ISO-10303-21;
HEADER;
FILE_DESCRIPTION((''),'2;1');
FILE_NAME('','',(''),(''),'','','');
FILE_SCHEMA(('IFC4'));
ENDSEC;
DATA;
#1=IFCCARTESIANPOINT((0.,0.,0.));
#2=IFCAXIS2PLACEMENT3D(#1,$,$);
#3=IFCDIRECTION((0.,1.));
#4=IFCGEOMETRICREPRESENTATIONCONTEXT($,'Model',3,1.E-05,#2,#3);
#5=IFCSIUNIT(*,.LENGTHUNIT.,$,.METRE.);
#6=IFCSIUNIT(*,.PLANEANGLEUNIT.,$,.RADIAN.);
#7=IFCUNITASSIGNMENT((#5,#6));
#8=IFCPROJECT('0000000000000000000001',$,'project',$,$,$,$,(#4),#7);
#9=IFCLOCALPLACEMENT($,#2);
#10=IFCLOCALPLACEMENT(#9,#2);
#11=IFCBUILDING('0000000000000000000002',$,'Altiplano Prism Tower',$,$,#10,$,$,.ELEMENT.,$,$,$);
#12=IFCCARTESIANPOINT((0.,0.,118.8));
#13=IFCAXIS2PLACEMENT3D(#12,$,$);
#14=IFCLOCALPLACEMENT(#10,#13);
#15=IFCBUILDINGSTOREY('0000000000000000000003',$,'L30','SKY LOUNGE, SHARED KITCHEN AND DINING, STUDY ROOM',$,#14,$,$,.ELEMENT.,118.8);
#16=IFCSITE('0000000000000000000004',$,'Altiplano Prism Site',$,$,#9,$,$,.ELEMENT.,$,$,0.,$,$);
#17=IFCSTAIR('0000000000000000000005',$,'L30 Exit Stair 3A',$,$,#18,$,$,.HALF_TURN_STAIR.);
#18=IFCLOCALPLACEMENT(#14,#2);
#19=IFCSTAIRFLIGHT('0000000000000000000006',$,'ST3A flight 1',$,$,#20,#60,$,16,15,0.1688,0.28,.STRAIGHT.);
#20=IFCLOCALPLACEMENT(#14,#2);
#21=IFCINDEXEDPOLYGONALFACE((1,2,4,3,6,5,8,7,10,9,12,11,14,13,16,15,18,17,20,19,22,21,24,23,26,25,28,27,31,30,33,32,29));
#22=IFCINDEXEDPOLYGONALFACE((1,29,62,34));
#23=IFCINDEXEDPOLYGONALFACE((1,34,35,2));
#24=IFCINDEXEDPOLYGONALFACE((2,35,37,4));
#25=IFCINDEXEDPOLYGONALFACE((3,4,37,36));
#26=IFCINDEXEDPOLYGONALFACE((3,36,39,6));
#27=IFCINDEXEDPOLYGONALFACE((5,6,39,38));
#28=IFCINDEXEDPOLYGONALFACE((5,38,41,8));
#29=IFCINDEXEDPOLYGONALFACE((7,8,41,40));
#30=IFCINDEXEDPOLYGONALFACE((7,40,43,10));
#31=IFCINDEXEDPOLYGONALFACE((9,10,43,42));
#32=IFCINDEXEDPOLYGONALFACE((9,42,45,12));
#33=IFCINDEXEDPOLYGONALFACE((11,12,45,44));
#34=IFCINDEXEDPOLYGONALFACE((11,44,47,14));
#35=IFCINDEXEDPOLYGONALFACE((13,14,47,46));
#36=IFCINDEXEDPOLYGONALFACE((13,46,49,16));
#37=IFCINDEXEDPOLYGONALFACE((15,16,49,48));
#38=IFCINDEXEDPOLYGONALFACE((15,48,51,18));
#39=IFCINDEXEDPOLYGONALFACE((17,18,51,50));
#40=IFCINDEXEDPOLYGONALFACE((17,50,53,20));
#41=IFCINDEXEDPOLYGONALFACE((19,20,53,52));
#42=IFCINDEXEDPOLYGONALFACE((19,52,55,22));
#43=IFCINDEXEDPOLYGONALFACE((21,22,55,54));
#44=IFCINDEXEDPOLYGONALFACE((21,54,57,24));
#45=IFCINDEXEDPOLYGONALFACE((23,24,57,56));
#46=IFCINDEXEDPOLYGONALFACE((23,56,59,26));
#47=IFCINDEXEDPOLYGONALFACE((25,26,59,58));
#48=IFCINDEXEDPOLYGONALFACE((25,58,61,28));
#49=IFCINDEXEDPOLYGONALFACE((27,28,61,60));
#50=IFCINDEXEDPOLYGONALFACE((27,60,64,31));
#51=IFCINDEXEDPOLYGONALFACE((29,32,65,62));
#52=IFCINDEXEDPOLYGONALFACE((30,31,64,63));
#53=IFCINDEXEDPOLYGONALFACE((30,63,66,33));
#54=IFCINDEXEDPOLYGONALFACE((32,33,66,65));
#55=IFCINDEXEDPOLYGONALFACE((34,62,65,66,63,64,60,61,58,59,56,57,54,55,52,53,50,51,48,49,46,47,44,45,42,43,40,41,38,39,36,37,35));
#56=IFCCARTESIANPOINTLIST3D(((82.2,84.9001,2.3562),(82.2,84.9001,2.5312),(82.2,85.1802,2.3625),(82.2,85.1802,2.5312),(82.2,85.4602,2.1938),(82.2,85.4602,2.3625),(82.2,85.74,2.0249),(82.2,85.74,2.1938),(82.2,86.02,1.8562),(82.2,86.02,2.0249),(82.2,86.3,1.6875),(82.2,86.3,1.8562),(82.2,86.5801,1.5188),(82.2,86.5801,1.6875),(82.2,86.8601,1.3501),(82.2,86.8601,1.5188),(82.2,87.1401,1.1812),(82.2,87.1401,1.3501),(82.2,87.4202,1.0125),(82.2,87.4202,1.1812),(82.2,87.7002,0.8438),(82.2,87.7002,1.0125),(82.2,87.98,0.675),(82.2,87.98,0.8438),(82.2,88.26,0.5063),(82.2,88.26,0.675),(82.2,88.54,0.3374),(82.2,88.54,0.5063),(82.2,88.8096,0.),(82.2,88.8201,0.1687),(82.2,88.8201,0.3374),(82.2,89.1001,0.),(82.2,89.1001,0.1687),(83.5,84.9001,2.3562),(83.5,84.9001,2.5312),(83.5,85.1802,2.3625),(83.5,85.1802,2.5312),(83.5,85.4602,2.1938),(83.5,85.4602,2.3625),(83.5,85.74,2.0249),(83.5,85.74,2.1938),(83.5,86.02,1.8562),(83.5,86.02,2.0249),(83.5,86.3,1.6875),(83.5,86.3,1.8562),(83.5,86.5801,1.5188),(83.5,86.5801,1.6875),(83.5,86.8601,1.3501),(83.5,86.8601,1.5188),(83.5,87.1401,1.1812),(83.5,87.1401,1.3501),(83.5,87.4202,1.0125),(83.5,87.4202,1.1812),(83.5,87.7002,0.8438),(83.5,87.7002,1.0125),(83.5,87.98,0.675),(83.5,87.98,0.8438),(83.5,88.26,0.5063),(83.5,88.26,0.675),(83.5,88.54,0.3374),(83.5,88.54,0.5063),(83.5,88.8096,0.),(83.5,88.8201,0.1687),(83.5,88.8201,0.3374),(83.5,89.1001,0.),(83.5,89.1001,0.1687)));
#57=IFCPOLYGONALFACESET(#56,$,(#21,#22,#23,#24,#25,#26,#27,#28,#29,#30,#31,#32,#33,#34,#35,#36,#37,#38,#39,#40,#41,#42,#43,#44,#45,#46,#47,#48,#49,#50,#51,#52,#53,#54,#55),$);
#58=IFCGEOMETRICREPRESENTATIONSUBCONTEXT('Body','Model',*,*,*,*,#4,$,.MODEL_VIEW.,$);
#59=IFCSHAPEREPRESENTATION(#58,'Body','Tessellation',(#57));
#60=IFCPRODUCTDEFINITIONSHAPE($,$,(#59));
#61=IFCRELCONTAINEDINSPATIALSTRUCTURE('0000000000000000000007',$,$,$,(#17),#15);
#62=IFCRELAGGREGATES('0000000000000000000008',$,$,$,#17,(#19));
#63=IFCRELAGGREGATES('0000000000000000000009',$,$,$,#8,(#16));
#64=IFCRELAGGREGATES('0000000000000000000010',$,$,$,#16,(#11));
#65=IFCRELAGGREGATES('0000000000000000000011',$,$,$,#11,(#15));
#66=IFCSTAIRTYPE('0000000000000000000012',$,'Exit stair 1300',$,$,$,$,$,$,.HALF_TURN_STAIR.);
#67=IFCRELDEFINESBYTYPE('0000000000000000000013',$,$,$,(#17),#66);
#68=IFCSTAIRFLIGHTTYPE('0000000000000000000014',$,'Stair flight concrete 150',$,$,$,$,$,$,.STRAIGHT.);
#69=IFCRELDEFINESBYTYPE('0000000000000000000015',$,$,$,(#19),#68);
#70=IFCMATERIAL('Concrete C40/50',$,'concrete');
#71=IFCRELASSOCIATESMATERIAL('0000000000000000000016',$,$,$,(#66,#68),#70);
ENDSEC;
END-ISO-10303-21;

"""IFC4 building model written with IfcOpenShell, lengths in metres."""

from ifc_helpers import new_model, si_unit, direction, frame, origin, place, context, subcontext, project, spatial, polyline, outline, extrude, material, type_object, element, aggregate, save


model = new_model("IFC4")

# Units and contexts
model_context = context("Model", 3, precision=1e-05, world=origin(), true_north=direction((0.0, 1.0)))
body_context = subcontext(model_context, "Body", "Model", "MODEL_VIEW")
ifc_project = project(units=[si_unit("LENGTHUNIT", "METRE"), si_unit("PLANEANGLEUNIT", "RADIAN")], contexts=[model_context])

# Site, building, storey
site_placement = place(None, origin())
site = spatial("IfcSite", under=ifc_project, at=site_placement, Name="Altiplano Prism Site", CompositionType="ELEMENT", RefElevation=0.0)
building_placement = place(site_placement, origin())
building = spatial("IfcBuilding", under=site, at=building_placement, Name="Altiplano Prism Tower", CompositionType="ELEMENT")
storey_placement = place(building_placement, frame((0.0, 0.0, 118.8)))
storey = spatial("IfcBuildingStorey", under=building, at=storey_placement, Name="L30", Description="SKY LOUNGE, SHARED KITCHEN AND DINING, STUDY ROOM", CompositionType="ELEMENT", Elevation=118.8)

# Stair, stair flight
ifc_material_1 = material(Name="Concrete C40/50", Category="concrete")
stair_type = type_object("IfcStairType", Name="Exit stair 1300", PredefinedType="HALF_TURN_STAIR", material=ifc_material_1)
stair_placement = place(storey_placement, origin())
stair = element("IfcStair", 1, at=stair_placement, inside=storey, type_object=stair_type, Name="L30 Exit Stair 3A", PredefinedType="HALF_TURN_STAIR")
stair_flight_type = type_object("IfcStairFlightType", Name="Stair flight concrete 150", PredefinedType="STRAIGHT", material=ifc_material_1)
stair_flight_placement = place(storey_placement, frame((82.8501, 89.1001, 0.0), z_axis=(0.0, 0.0, 1.0), x_axis=(0.0, -1.0, 0.0)))
stair_flight = element("IfcStairFlight", 2, at=stair_flight_placement, type_object=stair_flight_type, Name="ST3A flight 1", NumberOfRisers=16, NumberOfTreads=15, PredefinedType="STRAIGHT", RiserHeight=0.1688, TreadLength=0.28, context=body_context, shape_type="SweptSolid", body=[
    extrude(outline(polyline([(0.0, 0.0), (0.0, 0.1687), (0.28, 0.1687), (0.28, 0.3374), (0.5601, 0.3374), (0.5601, 0.5063), (0.8401, 0.5063), (0.8401, 0.675), (1.1201, 0.675), (1.1201, 0.8438), (1.3999, 0.8438), (1.3999, 1.0125), (1.6799, 1.0125), (1.6799, 1.1812), (1.96, 1.1812), (1.96, 1.3501), (2.24, 1.3501), (2.24, 1.5188), (2.52, 1.5188), (2.52, 1.6875), (2.8, 1.6875), (2.8, 1.8562), (3.0801, 1.8562), (3.0801, 2.0249), (3.3601, 2.0249), (3.3601, 2.1938), (3.6399, 2.1938), (3.6399, 2.3625), (3.9199, 2.3625), (3.9199, 2.5312), (4.2, 2.5312), (4.2, 2.7), (4.2, 2.3562), (0.2905, 0.0), (0.0, 0.0)])), frame((0.0, 0.6499, 0.0), z_axis=(0.0, -1.0, 0.0), x_axis=(1.0, 0.0, 0.0)), (0.0, 0.0, 1.0), 1.3),
])
aggregate(stair, [stair_flight])

save(model, "model.ifc")
